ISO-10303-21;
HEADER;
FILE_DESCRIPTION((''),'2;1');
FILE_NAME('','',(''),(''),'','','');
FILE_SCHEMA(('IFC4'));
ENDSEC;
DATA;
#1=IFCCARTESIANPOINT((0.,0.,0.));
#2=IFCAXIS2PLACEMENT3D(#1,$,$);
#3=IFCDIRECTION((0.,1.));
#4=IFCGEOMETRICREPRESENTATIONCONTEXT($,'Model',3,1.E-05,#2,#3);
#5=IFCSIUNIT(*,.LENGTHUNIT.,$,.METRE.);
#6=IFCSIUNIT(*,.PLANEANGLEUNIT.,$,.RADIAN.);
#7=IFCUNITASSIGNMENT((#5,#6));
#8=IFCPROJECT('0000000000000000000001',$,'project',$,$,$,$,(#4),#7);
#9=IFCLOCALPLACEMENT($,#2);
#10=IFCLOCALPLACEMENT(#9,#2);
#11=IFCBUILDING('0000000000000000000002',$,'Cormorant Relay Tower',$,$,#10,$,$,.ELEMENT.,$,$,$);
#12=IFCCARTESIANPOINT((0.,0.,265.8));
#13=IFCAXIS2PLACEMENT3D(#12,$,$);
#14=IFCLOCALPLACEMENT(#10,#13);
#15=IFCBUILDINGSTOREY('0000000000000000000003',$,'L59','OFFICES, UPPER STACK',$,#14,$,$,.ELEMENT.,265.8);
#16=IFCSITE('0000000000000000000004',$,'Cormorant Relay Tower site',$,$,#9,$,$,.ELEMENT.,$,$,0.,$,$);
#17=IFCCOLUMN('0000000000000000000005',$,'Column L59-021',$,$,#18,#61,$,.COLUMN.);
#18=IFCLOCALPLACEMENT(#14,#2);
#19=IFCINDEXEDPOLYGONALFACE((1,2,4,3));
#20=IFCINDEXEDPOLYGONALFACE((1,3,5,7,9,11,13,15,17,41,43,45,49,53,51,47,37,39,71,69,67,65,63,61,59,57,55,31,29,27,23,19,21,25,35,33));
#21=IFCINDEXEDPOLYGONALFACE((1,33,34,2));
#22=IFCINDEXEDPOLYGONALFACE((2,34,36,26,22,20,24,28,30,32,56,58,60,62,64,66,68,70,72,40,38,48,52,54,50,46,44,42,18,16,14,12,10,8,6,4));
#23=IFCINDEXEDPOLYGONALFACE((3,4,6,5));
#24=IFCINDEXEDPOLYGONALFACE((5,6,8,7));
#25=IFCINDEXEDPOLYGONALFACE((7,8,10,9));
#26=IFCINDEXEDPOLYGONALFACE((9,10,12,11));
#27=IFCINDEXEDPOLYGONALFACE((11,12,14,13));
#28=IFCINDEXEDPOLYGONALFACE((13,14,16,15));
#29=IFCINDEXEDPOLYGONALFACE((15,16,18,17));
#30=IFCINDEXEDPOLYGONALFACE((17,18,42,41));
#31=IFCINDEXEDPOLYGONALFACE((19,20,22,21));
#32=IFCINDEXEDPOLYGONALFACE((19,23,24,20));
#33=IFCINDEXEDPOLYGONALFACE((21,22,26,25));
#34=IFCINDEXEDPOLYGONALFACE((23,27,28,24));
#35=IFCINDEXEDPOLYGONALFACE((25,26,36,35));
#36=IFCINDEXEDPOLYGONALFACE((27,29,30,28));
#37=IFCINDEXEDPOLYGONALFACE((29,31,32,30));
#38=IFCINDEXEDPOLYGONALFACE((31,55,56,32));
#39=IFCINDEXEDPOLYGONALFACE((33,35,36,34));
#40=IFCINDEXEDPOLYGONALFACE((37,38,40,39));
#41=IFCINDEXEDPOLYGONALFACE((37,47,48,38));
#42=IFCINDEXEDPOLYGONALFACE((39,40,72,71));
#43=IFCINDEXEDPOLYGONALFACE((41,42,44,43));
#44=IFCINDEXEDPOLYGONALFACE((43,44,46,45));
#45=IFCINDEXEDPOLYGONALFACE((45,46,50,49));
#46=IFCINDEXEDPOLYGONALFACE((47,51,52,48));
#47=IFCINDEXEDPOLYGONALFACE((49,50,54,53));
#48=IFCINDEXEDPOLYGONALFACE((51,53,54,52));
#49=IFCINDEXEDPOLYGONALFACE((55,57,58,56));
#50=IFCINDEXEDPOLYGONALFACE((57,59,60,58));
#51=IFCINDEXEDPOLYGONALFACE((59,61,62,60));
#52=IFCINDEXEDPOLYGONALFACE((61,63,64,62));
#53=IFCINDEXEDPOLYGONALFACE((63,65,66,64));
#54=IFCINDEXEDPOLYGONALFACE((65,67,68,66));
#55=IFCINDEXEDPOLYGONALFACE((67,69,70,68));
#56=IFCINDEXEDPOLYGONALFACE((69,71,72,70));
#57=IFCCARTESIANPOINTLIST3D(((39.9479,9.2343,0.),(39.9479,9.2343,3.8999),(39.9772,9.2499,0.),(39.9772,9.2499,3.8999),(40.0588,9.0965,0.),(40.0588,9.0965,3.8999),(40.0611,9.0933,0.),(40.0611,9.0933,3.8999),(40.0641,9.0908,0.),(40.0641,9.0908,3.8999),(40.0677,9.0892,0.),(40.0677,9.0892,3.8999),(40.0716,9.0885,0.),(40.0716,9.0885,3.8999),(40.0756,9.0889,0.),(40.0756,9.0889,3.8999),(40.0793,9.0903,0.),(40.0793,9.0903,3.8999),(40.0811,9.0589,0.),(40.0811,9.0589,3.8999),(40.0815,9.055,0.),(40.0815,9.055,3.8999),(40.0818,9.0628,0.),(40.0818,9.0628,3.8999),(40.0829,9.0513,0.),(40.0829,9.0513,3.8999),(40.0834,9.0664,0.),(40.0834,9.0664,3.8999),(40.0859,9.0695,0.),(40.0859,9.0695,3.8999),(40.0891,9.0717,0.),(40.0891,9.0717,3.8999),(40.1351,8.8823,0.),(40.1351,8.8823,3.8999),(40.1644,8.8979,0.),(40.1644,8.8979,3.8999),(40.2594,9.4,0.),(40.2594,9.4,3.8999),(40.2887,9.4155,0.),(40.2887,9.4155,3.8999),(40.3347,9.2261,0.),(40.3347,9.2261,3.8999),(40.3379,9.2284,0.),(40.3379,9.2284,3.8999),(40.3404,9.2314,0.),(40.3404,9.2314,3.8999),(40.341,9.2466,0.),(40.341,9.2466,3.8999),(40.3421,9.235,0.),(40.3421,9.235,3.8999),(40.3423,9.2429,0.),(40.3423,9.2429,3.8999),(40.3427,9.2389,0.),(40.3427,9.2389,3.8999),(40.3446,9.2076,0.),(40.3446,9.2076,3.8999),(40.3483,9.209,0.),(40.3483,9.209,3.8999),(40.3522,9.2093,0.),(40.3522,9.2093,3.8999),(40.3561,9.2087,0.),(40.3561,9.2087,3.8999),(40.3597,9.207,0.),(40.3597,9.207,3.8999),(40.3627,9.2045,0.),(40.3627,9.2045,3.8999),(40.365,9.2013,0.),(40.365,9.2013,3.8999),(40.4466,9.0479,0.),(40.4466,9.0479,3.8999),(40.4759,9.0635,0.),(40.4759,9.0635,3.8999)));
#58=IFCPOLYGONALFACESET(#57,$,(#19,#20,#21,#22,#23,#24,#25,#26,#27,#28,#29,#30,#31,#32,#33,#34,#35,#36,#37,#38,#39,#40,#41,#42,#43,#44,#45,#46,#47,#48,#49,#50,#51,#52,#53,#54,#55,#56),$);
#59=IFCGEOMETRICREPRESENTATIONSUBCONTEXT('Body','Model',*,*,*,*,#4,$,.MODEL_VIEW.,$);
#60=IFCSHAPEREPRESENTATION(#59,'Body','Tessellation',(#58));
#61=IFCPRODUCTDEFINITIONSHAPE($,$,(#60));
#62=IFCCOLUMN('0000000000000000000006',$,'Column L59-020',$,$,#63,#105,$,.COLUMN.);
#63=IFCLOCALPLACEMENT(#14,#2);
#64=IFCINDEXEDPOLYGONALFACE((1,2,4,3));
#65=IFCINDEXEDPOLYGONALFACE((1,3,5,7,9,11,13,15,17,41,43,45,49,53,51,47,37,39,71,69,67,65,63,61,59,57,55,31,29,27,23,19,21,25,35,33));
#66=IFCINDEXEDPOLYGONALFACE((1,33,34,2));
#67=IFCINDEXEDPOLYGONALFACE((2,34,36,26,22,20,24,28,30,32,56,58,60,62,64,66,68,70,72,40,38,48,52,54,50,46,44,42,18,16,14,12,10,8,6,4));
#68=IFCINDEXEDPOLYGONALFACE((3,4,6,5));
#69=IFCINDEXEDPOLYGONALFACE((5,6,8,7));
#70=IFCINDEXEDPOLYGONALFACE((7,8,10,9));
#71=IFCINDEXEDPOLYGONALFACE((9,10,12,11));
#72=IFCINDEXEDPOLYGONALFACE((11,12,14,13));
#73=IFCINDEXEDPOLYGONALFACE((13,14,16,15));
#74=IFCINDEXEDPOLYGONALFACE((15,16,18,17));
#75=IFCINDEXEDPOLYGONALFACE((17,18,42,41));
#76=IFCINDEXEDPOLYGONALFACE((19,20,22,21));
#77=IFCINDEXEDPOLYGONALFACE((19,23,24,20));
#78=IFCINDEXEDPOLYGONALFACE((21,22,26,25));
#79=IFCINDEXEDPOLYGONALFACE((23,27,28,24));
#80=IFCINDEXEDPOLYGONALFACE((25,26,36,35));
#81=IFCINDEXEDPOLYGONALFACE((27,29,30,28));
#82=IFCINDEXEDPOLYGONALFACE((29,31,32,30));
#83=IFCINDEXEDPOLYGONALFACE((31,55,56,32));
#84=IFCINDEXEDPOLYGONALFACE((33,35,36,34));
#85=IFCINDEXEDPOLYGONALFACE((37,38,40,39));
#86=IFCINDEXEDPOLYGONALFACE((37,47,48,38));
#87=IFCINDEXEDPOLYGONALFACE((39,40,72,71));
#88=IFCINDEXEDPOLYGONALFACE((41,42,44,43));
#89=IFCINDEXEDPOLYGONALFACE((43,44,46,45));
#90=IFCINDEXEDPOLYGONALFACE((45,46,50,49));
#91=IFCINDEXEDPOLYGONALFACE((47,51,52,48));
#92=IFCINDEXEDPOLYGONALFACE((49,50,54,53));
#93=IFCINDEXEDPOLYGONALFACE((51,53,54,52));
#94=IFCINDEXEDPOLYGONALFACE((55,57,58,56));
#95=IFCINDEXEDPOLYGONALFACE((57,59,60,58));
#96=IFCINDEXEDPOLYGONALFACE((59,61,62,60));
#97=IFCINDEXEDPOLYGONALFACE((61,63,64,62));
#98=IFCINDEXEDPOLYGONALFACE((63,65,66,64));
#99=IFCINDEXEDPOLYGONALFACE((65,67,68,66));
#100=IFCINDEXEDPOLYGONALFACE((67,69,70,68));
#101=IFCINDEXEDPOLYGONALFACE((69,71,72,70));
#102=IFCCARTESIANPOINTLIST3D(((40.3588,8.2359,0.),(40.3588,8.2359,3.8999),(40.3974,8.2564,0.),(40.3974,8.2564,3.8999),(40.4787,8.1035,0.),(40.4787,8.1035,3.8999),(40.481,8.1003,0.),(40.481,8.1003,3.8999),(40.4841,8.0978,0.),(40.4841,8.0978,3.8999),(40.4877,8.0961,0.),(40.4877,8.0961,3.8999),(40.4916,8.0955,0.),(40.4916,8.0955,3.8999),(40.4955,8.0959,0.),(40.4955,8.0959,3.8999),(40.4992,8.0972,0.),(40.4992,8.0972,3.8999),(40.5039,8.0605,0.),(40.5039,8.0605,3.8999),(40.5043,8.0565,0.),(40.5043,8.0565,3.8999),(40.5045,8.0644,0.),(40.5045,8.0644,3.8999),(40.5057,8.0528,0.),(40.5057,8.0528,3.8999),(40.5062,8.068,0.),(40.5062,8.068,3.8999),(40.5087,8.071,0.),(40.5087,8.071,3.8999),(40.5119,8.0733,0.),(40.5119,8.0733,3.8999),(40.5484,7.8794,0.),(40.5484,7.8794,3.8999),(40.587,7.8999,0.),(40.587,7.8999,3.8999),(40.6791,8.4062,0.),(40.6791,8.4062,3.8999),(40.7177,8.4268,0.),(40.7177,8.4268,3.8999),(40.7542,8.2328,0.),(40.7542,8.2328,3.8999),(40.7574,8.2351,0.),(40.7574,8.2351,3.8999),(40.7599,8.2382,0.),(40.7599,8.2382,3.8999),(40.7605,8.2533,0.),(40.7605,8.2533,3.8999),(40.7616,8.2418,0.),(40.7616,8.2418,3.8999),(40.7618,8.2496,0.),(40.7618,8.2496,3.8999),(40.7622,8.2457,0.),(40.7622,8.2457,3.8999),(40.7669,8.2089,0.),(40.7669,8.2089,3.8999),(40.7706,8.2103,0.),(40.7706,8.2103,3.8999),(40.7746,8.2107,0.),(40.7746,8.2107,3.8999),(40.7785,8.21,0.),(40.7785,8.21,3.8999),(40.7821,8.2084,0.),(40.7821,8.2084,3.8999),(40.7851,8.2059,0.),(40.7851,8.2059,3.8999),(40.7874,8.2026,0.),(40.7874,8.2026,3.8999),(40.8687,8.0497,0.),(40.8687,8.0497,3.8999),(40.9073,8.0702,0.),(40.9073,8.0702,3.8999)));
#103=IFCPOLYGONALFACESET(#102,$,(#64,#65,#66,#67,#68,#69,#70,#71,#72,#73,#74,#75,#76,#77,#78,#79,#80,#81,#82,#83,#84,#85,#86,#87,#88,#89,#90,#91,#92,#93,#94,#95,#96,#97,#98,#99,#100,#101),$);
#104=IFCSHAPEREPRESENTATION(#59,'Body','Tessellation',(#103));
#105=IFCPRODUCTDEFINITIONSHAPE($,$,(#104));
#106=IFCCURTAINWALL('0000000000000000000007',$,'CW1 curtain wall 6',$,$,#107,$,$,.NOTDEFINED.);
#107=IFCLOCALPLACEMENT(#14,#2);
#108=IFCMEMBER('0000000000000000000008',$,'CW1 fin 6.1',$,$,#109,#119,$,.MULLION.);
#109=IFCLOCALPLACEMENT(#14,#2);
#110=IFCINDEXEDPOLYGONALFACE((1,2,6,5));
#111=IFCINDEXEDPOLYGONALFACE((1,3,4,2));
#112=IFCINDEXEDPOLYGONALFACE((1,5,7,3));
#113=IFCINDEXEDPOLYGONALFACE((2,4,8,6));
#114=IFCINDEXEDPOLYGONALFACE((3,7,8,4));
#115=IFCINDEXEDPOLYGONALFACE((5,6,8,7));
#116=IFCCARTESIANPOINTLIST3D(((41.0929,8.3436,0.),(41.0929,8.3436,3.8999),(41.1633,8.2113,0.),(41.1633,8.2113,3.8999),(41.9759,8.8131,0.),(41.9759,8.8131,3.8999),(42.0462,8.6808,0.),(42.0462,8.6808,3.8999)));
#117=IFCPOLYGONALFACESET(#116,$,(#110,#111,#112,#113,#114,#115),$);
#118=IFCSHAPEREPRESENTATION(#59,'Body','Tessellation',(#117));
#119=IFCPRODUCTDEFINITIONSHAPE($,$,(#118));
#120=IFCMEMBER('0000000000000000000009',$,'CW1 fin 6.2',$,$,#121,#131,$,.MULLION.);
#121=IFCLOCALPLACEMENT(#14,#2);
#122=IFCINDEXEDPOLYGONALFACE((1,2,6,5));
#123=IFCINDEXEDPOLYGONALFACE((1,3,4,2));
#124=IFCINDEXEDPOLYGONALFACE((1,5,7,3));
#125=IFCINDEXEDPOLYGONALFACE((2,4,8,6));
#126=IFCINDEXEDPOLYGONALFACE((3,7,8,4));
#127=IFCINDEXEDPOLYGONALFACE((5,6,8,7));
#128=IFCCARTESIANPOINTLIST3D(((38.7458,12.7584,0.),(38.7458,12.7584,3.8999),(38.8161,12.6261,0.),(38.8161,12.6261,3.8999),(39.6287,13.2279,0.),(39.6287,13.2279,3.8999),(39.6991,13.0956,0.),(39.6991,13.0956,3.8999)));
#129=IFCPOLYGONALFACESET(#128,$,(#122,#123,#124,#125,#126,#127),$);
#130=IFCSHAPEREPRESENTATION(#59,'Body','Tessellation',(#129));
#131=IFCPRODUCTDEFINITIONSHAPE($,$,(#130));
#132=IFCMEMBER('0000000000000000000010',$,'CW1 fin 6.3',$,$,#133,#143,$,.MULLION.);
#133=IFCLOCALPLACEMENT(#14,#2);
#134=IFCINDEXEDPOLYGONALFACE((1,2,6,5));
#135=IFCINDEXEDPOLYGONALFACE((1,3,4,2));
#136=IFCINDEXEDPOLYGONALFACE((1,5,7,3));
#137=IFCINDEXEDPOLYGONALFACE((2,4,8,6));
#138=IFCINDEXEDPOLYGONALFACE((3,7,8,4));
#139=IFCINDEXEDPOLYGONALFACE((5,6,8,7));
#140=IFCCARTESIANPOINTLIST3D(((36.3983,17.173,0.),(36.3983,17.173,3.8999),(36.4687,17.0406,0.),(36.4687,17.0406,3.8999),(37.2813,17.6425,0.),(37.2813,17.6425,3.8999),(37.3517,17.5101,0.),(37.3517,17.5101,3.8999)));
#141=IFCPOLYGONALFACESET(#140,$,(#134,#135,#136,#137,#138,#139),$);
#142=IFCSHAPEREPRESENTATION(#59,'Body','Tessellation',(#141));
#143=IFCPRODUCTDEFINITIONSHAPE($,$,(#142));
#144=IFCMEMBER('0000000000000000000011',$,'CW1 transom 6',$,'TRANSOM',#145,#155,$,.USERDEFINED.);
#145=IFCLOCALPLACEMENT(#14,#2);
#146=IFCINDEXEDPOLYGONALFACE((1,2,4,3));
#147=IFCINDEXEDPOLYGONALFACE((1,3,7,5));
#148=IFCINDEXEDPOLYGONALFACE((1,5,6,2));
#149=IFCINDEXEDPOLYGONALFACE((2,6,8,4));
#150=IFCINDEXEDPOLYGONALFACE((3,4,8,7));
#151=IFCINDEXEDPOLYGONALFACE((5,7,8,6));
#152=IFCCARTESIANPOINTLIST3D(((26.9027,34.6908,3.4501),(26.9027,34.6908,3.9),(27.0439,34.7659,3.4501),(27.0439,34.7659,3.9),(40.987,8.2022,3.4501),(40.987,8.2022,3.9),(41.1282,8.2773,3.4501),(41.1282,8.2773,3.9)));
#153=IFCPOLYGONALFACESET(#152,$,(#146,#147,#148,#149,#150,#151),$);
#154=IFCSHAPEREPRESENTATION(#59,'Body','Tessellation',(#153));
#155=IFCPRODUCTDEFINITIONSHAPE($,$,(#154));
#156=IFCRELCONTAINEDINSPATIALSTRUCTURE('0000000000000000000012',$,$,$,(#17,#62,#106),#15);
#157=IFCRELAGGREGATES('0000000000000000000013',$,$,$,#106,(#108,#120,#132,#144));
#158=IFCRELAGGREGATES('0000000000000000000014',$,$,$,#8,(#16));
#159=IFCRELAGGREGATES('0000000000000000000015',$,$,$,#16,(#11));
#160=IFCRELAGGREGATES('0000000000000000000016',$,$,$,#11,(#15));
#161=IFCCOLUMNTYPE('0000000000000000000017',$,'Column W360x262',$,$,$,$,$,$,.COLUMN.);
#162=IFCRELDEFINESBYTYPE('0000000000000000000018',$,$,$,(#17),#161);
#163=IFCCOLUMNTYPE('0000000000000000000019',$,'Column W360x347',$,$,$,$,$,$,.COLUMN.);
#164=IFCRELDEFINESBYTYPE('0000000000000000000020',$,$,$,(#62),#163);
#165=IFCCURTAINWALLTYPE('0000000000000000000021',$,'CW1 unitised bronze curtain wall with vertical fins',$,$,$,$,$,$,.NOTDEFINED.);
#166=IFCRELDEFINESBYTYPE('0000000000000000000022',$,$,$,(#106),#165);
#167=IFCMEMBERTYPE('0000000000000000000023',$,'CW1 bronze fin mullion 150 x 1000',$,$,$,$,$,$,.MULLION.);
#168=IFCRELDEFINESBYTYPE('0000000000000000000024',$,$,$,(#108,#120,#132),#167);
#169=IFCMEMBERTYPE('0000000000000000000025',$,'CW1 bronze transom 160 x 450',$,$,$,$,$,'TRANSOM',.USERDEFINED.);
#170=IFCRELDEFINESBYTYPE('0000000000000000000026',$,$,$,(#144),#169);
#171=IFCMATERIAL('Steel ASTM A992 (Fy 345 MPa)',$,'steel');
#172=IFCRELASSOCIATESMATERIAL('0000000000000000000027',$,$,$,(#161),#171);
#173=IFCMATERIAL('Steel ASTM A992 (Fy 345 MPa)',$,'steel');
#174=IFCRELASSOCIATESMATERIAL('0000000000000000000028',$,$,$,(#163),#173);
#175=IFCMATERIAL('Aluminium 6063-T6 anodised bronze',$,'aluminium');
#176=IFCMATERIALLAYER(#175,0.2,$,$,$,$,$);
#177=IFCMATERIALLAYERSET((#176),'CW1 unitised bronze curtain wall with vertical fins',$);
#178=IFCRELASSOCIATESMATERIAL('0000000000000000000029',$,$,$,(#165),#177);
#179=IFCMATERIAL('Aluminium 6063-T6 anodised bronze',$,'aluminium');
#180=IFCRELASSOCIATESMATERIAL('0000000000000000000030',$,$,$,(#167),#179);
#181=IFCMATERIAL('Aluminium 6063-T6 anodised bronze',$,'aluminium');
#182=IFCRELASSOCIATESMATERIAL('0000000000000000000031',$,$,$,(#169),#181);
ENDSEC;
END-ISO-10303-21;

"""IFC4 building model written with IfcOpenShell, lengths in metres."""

from ifc_helpers import new_model, si_unit, direction, frame, origin, origin_2d, place, context, subcontext, project, spatial, rectangle, i_section, extrude, material, layer, layer_set, material_profile, profile_set, type_object, element, aggregate, save


model = new_model("IFC4")

# Units and contexts
model_context = context("Model", 3, precision=1e-05, world=origin(), true_north=direction((0.0, 1.0)))
body_context = subcontext(model_context, "Body", "Model", "MODEL_VIEW")
ifc_project = project(units=[si_unit("LENGTHUNIT", "METRE"), si_unit("PLANEANGLEUNIT", "RADIAN")], contexts=[model_context])

# Site, building, storey
site_placement = place(None, origin())
site = spatial("IfcSite", under=ifc_project, at=site_placement, Name="Cormorant Relay Tower site", CompositionType="ELEMENT", RefElevation=0.0)
building_placement = place(site_placement, origin())
building = spatial("IfcBuilding", under=site, at=building_placement, Name="Cormorant Relay Tower", CompositionType="ELEMENT")
storey_placement = place(building_placement, frame((0.0, 0.0, 265.8)))
storey = spatial("IfcBuildingStorey", under=building, at=storey_placement, Name="L59", Description="OFFICES, UPPER STACK", CompositionType="ELEMENT", Elevation=265.8)

# Columns
ifc_material_1 = material(Name="Steel ASTM A992 (Fy 345 MPa)", Category="steel")
ifc_material_profile_1 = material_profile(ifc_material_1, i_section(OverallWidth=0.3987, OverallDepth=0.386, WebThickness=0.021, FlangeThickness=0.0332, FilletRadius=0.0151, at=origin_2d()), Name="W360x262")
ifc_profile_set_1 = profile_set([ifc_material_profile_1], Name="Steel ASTM A992 (Fy 345 MPa)")
column_type_1 = type_object("IfcColumnType", Name="Column W360x262", PredefinedType="COLUMN", material=ifc_profile_set_1)
column_1_placement = place(storey_placement, frame((40.2119, 9.1489, 0.0), z_axis=(0.0, 0.0, 1.0), x_axis=(-0.469472, 0.882948, 0.0)))
element("IfcColumn", 1, at=column_1_placement, inside=storey, type_object=column_type_1, Name="Column L59-021", PredefinedType="COLUMN", context=body_context, shape_type="SweptSolid", body=[
    extrude(i_section(OverallWidth=0.3987, OverallDepth=0.386, WebThickness=0.021, FlangeThickness=0.0332, FilletRadius=0.0151, at=origin_2d()), origin(), (0.0, 0.0, 1.0), 3.8999),
])
ifc_material_2 = material(Name="Steel ASTM A992 (Fy 345 MPa)", Category="steel")
ifc_material_profile_2 = material_profile(ifc_material_2, i_section(OverallWidth=0.4038, OverallDepth=0.4065, WebThickness=0.0271, FlangeThickness=0.0437, FilletRadius=0.0151, at=origin_2d()), Name="W360x347")
ifc_profile_set_2 = profile_set([ifc_material_profile_2], Name="Steel ASTM A992 (Fy 345 MPa)")
column_type_2 = type_object("IfcColumnType", Name="Column W360x347", PredefinedType="COLUMN", material=ifc_profile_set_2)
column_2_placement = place(storey_placement, frame((40.6331, 8.1531, 0.0), z_axis=(0.0, 0.0, 1.0), x_axis=(-0.469472, 0.882948, 0.0)))
element("IfcColumn", 2, at=column_2_placement, inside=storey, type_object=column_type_2, Name="Column L59-020", PredefinedType="COLUMN", context=body_context, shape_type="SweptSolid", body=[
    extrude(i_section(OverallWidth=0.4038, OverallDepth=0.4065, WebThickness=0.0271, FlangeThickness=0.0437, FilletRadius=0.0151, at=origin_2d()), origin(), (0.0, 0.0, 1.0), 3.8999),
])

# Curtain wall, members
ifc_material_3 = material(Name="Aluminium 6063-T6 anodised bronze", Category="aluminium")
ifc_layer_1 = layer(ifc_material_3, 0.2)
ifc_layer_set_1 = layer_set([ifc_layer_1], Name="CW1 unitised bronze curtain wall with vertical fins")
curtain_wall_type = type_object("IfcCurtainWallType", Name="CW1 unitised bronze curtain wall with vertical fins", PredefinedType="NOTDEFINED", material=ifc_layer_set_1)
curtain_wall_1_placement = place(storey_placement, origin())
curtain_wall_1 = element("IfcCurtainWall", 3, at=curtain_wall_1_placement, inside=storey, type_object=curtain_wall_type, Name="CW1 curtain wall 6", PredefinedType="NOTDEFINED")
ifc_material_4 = material(Name="Aluminium 6063-T6 anodised bronze", Category="aluminium")
ifc_material_profile_3 = material_profile(ifc_material_4, rectangle(XDim=0.1499, YDim=1.0, at=origin_2d()), Name="AL 150x1000")
ifc_profile_set_3 = profile_set([ifc_material_profile_3], Name="Aluminium 6063-T6 anodised bronze")
member_type_1 = type_object("IfcMemberType", Name="CW1 bronze fin mullion 150 x 1000", PredefinedType="MULLION", material=ifc_profile_set_3)
member_1_placement = place(storey_placement, frame((41.5696, 8.5122, 0.0), z_axis=(0.0, 0.0, 1.0), x_axis=(-0.469472, 0.882948, 0.0)))
member_1 = element("IfcMember", 4, at=member_1_placement, type_object=member_type_1, Name="CW1 fin 6.1", PredefinedType="MULLION", context=body_context, shape_type="SweptSolid", body=[
    extrude(rectangle(XDim=0.1499, YDim=1.0, at=origin_2d()), origin(), (0.0, 0.0, 1.0), 3.8999),
])
member_2_placement = place(storey_placement, frame((39.2224, 12.927, 0.0), z_axis=(0.0, 0.0, 1.0), x_axis=(-0.469472, 0.882948, 0.0)))
member_2 = element("IfcMember", 5, at=member_2_placement, type_object=member_type_1, Name="CW1 fin 6.2", PredefinedType="MULLION", context=body_context, shape_type="SweptSolid", body=[
    extrude(rectangle(XDim=0.1499, YDim=1.0, at=origin_2d()), origin(), (0.0, 0.0, 1.0), 3.8999),
])
member_3_placement = place(storey_placement, frame((36.875, 17.3416, 0.0), z_axis=(0.0, 0.0, 1.0), x_axis=(-0.469472, 0.882948, 0.0)))
member_3 = element("IfcMember", 6, at=member_3_placement, type_object=member_type_1, Name="CW1 fin 6.3", PredefinedType="MULLION", context=body_context, shape_type="SweptSolid", body=[
    extrude(rectangle(XDim=0.1499, YDim=1.0, at=origin_2d()), origin(), (0.0, 0.0, 1.0), 3.8999),
])
ifc_material_5 = material(Name="Aluminium 6063-T6 anodised bronze", Category="aluminium")
ifc_material_profile_4 = material_profile(ifc_material_5, rectangle(XDim=0.1599, YDim=0.45, at=origin_2d()), Name="AL 160x450")
ifc_profile_set_4 = profile_set([ifc_material_profile_4], Name="Aluminium 6063-T6 anodised bronze")
member_type_2 = type_object("IfcMemberType", Name="CW1 bronze transom 160 x 450", ElementType="TRANSOM", PredefinedType="USERDEFINED", material=ifc_profile_set_4)
member_4_placement = place(storey_placement, frame((41.0576, 8.2397, 3.675), z_axis=(-0.469472, 0.882947, 0.0), x_axis=(-0.882947, -0.469472, 0.0)))
member_4 = element("IfcMember", 7, at=member_4_placement, type_object=member_type_2, Name="CW1 transom 6", ObjectType="TRANSOM", PredefinedType="USERDEFINED", context=body_context, shape_type="SweptSolid", body=[
    extrude(rectangle(XDim=0.1599, YDim=0.45, at=origin_2d()), origin(), (0.0, 0.0, 1.0), 30.0002),
])

aggregate(curtain_wall_1, [member_1, member_2, member_3, member_4])

save(model, "model.ifc")
